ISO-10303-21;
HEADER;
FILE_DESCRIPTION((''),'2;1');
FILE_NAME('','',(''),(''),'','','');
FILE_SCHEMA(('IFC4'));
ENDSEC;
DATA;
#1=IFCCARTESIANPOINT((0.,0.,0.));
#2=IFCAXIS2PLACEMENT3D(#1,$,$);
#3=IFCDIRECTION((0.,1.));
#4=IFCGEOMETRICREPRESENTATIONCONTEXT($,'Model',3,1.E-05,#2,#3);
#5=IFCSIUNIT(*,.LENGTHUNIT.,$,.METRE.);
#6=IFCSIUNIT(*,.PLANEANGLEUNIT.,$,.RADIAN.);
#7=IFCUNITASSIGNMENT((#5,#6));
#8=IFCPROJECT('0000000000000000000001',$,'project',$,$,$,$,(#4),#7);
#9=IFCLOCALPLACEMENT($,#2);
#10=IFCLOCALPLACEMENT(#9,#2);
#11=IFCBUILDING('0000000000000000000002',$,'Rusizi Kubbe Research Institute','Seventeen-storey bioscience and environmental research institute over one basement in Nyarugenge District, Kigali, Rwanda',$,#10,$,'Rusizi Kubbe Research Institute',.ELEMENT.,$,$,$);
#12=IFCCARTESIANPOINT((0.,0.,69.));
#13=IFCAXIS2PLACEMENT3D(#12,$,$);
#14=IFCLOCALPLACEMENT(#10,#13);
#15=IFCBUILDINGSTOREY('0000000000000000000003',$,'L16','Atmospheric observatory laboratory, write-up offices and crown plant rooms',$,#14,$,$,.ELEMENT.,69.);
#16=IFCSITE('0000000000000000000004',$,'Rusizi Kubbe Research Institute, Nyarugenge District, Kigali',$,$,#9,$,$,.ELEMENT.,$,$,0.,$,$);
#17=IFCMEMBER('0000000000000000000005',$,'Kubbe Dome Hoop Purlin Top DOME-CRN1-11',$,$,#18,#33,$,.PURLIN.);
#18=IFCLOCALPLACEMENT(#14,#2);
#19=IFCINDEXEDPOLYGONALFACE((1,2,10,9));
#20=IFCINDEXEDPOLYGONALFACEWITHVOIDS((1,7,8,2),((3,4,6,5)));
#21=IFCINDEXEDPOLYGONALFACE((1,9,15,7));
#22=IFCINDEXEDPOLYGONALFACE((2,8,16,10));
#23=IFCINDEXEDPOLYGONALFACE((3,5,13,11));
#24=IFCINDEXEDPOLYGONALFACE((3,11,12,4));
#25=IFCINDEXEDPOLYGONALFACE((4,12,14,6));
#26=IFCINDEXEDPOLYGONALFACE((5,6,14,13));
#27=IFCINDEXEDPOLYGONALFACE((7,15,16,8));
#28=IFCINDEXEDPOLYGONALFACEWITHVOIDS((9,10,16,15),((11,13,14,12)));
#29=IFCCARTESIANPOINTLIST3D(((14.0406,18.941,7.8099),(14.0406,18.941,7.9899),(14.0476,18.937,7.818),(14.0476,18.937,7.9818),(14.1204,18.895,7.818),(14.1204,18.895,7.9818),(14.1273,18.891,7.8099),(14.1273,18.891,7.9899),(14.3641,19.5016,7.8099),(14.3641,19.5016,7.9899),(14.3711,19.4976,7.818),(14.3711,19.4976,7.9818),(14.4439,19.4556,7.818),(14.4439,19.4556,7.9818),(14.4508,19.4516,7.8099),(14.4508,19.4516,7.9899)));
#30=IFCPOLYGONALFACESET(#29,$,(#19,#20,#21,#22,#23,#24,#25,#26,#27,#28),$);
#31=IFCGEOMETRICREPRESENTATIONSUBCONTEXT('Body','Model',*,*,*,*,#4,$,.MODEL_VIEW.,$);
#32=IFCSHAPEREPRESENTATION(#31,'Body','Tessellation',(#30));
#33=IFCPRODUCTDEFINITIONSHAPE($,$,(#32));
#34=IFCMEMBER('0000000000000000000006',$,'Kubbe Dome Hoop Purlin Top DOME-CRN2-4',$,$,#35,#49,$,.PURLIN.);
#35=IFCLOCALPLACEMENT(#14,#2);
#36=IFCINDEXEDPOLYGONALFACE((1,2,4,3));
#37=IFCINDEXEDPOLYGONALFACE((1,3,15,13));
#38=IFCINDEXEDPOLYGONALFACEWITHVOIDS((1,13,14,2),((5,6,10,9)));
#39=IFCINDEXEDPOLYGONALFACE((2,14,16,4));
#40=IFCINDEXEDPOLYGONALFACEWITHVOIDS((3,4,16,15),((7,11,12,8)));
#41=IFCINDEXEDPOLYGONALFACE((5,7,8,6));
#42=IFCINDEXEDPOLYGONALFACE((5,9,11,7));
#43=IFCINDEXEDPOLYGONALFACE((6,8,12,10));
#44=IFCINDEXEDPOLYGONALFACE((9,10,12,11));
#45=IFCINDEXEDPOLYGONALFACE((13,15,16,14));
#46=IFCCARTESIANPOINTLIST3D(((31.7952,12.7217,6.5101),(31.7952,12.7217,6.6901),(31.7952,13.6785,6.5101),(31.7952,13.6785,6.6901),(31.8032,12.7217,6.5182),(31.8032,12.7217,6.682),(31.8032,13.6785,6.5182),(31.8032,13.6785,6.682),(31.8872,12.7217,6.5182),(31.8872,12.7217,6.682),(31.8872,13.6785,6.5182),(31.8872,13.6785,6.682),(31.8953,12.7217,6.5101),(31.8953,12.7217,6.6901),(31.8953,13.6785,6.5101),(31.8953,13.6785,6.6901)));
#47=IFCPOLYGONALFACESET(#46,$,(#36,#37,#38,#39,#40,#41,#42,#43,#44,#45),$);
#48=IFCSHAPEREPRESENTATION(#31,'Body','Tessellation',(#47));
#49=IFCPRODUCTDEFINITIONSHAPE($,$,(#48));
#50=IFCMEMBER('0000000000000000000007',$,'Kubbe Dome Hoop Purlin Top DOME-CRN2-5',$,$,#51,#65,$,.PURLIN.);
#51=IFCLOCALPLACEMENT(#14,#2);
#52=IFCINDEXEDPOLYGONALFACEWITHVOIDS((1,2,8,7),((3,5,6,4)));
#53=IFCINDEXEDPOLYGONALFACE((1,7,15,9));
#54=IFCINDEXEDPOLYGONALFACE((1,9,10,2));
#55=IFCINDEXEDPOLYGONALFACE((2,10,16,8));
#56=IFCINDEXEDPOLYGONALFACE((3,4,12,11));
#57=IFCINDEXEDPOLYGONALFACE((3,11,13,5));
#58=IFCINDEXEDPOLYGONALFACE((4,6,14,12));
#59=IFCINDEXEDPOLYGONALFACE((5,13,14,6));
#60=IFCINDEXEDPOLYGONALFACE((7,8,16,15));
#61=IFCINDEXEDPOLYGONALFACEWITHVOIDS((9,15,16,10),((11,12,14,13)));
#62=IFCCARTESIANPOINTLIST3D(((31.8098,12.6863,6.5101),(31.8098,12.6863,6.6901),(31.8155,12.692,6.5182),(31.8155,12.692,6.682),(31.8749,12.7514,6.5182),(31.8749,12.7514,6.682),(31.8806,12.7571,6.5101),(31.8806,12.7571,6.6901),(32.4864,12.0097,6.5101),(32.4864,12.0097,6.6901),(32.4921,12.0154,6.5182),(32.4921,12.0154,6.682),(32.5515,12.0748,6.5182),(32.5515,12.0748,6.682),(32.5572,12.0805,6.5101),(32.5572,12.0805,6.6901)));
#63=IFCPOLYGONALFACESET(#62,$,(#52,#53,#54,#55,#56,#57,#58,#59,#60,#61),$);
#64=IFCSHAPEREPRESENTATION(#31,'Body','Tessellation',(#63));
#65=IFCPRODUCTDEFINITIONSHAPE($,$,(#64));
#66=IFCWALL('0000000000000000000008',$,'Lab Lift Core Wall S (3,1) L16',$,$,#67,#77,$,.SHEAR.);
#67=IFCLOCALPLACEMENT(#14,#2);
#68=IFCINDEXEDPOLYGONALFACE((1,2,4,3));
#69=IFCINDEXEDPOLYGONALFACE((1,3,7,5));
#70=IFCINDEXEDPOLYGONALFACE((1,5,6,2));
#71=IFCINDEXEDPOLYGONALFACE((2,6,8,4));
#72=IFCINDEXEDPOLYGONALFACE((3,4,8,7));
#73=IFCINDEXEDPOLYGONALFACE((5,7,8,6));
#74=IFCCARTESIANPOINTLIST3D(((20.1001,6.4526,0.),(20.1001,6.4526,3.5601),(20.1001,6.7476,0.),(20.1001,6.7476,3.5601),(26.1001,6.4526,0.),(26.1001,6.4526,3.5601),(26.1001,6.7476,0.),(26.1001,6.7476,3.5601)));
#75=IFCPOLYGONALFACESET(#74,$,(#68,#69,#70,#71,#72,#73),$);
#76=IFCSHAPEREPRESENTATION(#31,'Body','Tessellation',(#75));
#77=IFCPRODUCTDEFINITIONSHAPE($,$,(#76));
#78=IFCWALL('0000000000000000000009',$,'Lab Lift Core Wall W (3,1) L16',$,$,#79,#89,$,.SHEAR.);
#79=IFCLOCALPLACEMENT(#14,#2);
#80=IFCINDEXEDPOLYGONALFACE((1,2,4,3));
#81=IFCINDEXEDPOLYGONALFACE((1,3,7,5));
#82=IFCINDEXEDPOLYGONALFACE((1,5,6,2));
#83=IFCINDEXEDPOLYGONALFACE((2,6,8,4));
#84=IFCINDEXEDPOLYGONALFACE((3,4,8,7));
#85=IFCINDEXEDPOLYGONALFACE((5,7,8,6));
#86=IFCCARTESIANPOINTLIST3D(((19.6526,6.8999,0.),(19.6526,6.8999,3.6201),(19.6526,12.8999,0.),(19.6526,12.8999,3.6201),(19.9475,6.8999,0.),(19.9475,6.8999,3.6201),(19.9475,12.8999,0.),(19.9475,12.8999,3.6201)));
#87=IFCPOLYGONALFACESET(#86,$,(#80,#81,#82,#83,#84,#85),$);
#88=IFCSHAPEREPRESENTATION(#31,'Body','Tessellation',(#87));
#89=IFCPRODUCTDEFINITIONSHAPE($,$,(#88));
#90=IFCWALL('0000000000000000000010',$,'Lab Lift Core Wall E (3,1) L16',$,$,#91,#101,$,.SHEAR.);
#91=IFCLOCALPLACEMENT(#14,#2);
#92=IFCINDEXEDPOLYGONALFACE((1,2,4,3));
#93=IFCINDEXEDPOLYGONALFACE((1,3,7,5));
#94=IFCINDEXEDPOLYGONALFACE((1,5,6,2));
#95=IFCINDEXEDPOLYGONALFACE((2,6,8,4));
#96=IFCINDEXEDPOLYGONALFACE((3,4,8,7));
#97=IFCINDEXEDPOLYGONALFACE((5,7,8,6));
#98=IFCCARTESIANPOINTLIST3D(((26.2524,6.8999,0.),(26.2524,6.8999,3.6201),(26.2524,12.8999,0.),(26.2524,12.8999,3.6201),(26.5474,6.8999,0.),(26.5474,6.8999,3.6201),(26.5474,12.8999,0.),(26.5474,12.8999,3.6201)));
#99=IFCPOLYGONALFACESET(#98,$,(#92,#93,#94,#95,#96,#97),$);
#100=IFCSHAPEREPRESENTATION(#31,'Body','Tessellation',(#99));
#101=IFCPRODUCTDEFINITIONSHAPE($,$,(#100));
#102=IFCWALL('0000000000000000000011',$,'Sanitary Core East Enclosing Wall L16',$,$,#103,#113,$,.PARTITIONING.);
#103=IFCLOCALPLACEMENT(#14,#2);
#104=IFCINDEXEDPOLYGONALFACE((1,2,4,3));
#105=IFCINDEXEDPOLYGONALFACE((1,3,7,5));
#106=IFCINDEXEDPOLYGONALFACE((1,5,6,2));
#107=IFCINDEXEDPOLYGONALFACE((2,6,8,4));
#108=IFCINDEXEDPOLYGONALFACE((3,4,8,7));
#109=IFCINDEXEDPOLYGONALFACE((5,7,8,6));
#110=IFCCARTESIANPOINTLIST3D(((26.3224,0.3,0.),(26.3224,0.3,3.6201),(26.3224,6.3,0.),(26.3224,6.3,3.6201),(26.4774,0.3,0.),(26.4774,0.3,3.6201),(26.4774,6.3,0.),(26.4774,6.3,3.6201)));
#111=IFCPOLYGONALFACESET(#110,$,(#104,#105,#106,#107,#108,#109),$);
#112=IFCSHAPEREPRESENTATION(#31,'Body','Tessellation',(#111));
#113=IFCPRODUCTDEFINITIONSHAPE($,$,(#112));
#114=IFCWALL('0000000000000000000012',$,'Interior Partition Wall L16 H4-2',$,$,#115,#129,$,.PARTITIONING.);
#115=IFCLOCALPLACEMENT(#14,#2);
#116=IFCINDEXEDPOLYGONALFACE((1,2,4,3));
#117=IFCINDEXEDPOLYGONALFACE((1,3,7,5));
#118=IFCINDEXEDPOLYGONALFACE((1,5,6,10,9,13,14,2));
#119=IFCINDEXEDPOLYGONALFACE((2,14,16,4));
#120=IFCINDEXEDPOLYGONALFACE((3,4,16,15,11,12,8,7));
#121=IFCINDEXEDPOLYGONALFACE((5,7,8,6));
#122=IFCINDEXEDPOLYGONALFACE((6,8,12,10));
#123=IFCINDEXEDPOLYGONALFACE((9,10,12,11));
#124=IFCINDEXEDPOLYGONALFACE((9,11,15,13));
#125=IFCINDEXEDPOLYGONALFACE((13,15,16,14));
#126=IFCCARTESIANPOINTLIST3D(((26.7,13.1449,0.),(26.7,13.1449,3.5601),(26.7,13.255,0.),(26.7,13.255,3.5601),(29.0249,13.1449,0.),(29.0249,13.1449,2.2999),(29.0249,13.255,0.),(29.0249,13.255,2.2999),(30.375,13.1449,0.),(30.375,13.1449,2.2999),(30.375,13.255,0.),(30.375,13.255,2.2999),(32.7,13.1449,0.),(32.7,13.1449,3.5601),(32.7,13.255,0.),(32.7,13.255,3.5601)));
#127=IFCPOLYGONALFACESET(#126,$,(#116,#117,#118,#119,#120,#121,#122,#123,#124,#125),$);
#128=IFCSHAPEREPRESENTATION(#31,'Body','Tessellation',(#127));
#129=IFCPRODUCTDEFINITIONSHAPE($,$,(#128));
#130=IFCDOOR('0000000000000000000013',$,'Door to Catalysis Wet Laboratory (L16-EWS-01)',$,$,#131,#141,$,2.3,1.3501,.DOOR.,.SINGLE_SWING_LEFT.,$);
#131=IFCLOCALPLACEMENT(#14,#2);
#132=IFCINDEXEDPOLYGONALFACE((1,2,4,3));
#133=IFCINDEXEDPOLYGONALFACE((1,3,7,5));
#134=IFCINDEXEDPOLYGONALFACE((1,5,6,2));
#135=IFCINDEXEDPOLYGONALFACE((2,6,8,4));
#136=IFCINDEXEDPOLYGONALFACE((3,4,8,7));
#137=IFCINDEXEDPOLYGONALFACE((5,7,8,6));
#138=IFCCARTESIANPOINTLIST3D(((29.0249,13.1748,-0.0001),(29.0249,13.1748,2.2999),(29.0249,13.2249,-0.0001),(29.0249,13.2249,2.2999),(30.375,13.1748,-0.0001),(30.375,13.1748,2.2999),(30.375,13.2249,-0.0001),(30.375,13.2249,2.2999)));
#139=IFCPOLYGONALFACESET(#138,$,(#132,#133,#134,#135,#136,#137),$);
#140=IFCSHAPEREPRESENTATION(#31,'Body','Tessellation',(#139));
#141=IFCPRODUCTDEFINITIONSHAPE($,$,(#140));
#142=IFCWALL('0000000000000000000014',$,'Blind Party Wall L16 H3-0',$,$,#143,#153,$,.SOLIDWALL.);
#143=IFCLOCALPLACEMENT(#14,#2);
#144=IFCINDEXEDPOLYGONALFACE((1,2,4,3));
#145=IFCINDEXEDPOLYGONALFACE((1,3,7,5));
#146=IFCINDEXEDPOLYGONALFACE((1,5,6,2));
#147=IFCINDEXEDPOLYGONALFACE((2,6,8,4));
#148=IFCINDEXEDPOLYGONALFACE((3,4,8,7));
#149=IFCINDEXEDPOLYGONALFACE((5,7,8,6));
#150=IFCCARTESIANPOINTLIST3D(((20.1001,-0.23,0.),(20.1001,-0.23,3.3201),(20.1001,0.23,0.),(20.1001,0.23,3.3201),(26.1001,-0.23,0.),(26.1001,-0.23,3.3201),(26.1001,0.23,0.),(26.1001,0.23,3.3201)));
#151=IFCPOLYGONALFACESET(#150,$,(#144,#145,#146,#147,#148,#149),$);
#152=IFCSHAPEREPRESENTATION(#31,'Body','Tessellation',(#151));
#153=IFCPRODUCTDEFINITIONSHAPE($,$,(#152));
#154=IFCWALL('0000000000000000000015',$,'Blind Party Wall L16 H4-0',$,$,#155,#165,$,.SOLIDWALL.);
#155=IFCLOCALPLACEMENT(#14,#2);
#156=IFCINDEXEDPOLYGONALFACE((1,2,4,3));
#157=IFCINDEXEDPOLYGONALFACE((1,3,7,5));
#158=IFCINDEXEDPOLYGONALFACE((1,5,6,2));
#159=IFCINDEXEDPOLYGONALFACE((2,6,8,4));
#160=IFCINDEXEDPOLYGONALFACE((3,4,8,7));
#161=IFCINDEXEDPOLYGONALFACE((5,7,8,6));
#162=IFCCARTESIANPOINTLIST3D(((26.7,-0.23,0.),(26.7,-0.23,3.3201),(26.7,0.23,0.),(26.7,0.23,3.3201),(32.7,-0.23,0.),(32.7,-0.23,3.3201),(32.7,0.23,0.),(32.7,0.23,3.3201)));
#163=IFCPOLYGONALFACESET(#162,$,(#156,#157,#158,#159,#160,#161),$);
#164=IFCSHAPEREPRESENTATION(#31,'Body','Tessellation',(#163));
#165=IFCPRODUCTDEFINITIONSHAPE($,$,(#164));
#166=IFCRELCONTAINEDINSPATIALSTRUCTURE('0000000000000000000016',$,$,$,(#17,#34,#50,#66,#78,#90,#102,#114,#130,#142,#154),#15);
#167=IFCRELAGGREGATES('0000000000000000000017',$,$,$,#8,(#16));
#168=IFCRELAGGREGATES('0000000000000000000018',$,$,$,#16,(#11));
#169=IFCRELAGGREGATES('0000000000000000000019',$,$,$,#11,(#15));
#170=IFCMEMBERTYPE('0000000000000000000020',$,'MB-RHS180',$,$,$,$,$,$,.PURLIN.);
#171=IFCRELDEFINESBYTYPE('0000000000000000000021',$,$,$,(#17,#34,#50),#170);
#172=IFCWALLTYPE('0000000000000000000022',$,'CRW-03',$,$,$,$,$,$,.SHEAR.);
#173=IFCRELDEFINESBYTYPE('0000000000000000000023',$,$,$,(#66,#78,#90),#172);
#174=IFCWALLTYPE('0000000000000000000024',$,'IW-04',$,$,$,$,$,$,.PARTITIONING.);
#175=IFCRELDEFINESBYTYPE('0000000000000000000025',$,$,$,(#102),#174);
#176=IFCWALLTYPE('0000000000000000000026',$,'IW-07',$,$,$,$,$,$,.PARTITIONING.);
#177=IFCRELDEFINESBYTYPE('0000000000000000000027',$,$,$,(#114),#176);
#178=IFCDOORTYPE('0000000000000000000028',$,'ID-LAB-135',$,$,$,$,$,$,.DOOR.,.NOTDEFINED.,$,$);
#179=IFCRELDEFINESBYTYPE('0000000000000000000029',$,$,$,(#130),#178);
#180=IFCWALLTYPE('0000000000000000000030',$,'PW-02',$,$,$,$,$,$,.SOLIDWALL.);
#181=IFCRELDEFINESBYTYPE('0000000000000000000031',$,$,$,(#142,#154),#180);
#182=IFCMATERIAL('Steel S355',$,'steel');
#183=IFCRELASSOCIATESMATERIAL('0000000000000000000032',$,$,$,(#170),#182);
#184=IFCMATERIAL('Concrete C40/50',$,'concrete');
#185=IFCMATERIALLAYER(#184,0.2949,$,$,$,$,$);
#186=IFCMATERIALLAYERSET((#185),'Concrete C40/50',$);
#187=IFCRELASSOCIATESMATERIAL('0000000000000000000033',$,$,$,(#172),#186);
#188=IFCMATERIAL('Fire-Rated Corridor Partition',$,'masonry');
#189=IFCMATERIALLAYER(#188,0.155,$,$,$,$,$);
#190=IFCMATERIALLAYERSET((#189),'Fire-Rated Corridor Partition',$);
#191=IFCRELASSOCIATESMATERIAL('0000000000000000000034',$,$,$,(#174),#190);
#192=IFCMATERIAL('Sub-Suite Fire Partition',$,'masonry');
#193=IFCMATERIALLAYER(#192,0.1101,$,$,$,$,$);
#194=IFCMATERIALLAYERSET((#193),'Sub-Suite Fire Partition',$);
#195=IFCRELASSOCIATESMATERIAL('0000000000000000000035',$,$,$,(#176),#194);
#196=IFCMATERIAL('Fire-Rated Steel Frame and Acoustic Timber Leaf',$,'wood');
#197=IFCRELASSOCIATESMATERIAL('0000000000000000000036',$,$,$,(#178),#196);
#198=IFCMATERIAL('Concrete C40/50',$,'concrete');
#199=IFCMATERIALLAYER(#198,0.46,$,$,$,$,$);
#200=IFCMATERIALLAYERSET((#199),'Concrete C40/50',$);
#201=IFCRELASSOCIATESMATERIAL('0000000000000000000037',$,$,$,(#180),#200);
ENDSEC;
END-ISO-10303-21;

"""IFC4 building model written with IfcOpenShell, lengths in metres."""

from ifc_helpers import new_model, si_unit, direction, frame, frame_2d, origin, origin_2d, place, context, subcontext, project, spatial, rectangle, hollow_rectangle, extrude, material, layer, layer_set, material_profile, profile_set, type_object, element, fill, save


model = new_model("IFC4")

# Units and contexts
model_context = context("Model", 3, precision=1e-05, world=origin(), true_north=direction((0.0, 1.0)))
body_context = subcontext(model_context, "Body", "Model", "MODEL_VIEW")
ifc_project = project(units=[si_unit("LENGTHUNIT", "METRE"), si_unit("PLANEANGLEUNIT", "RADIAN")], contexts=[model_context])

# Site, building, storey
site_placement = place(None, origin())
site = spatial("IfcSite", under=ifc_project, at=site_placement, Name="Rusizi Kubbe Research Institute, Nyarugenge District, Kigali", CompositionType="ELEMENT", RefElevation=0.0)
building_placement = place(site_placement, origin())
building = spatial("IfcBuilding", under=site, at=building_placement, Name="Rusizi Kubbe Research Institute", Description="Seventeen-storey bioscience and environmental research institute over one basement in Nyarugenge District, Kigali, Rwanda", LongName="Rusizi Kubbe Research Institute", CompositionType="ELEMENT")
storey_placement = place(building_placement, frame((0.0, 0.0, 69.0)))
storey = spatial("IfcBuildingStorey", under=building, at=storey_placement, Name="L16", Description="Atmospheric observatory laboratory, write-up offices and crown plant rooms", CompositionType="ELEMENT", Elevation=69.0)

# Members
ifc_material_1 = material(Name="Steel S355", Category="steel")
ifc_material_profile_1 = material_profile(ifc_material_1, hollow_rectangle(XDim=0.1001, YDim=0.1799, WallThickness=0.0081, at=origin_2d()), Name="RHS 180x100x8.0")
ifc_profile_set_1 = profile_set([ifc_material_profile_1], Name="Steel S355")
member_type = type_object("IfcMemberType", Name="MB-RHS180", PredefinedType="PURLIN", material=ifc_profile_set_1)
member_placement = place(storey_placement, frame((14.084, 18.916, 7.8999), z_axis=(0.499831, 0.866123, 0.0), x_axis=(-0.866123, 0.499831, 0.0)))
element("IfcMember", 1, at=member_placement, inside=storey, type_object=member_type, Name="Kubbe Dome Hoop Purlin Top DOME-CRN1-11", PredefinedType="PURLIN", context=body_context, shape_type="SweptSolid", body=[
    extrude(hollow_rectangle(XDim=0.1001, YDim=0.1799, WallThickness=0.0081, at=origin_2d()), origin(), (0.0, 0.0, 1.0), 0.6472),
])
for number, where, z_axis, x_axis, name in (
    (2, (31.8452, 13.6785, 6.6001), (0.0, -1.0, 0.0), (1.0, 0.0, 0.0), "Kubbe Dome Hoop Purlin Top DOME-CRN2-4"),
    (3, (31.8452, 12.7217, 6.6001), (0.707107, -0.707107, 0.0), (0.707107, 0.707107, 0.0), "Kubbe Dome Hoop Purlin Top DOME-CRN2-5"),
):
    element("IfcMember", number, at=place(storey_placement, frame(where, z_axis=z_axis, x_axis=x_axis)), inside=storey, type_object=member_type, Name=name, PredefinedType="PURLIN", context=body_context, shape_type="SweptSolid", body=[
        extrude(hollow_rectangle(XDim=0.1001, YDim=0.1799, WallThickness=0.0081, at=origin_2d()), origin(), (0.0, 0.0, 1.0), 0.9568),
    ])

# Walls
ifc_material_2 = material(Name="Concrete C40/50", Category="concrete")
ifc_layer_1 = layer(ifc_material_2, 0.2949)
ifc_layer_set_1 = layer_set([ifc_layer_1], Name="Concrete C40/50")
wall_type_1 = type_object("IfcWallType", Name="CRW-03", PredefinedType="SHEAR", material=ifc_layer_set_1)
wall_1_placement = place(storey_placement, frame((20.1001, 6.6001, 0.0), z_axis=(0.0, 0.0, 1.0), x_axis=(1.0, 0.0, 0.0)))
element("IfcWall", 4, at=wall_1_placement, inside=storey, type_object=wall_type_1, Name="Lab Lift Core Wall S (3,1) L16", PredefinedType="SHEAR", context=body_context, shape_type="SweptSolid", body=[
    extrude(rectangle(XDim=6.0, YDim=0.2949, at=frame_2d((3.0, 0.0))), origin(), (0.0, 0.0, 1.0), 3.5601),
])
for number, where, z_axis, x_axis, name in (
    (5, (19.8, 6.8999, 0.0), (0.0, 0.0, 1.0), (0.0, 1.0, 0.0), "Lab Lift Core Wall W (3,1) L16"),
    (6, (26.3999, 6.8999, 0.0), (0.0, 0.0, 1.0), (0.0, 1.0, 0.0), "Lab Lift Core Wall E (3,1) L16"),
):
    element("IfcWall", number, at=place(storey_placement, frame(where, z_axis=z_axis, x_axis=x_axis)), inside=storey, type_object=wall_type_1, Name=name, PredefinedType="SHEAR", context=body_context, shape_type="SweptSolid", body=[
        extrude(rectangle(XDim=6.0, YDim=0.2949, at=frame_2d((3.0, 0.0))), origin(), (0.0, 0.0, 1.0), 3.6201),
    ])

# Wall
ifc_material_3 = material(Name="Fire-Rated Corridor Partition", Category="masonry")
ifc_layer_2 = layer(ifc_material_3, 0.155)
ifc_layer_set_2 = layer_set([ifc_layer_2], Name="Fire-Rated Corridor Partition")
wall_type_2 = type_object("IfcWallType", Name="IW-04", PredefinedType="PARTITIONING", material=ifc_layer_set_2)
wall_2_placement = place(storey_placement, frame((26.3999, 0.3, 0.0), z_axis=(0.0, 0.0, 1.0), x_axis=(0.0, 1.0, 0.0)))
element("IfcWall", 7, at=wall_2_placement, inside=storey, type_object=wall_type_2, Name="Sanitary Core East Enclosing Wall L16", PredefinedType="PARTITIONING", context=body_context, shape_type="SweptSolid", body=[
    extrude(rectangle(XDim=6.0, YDim=0.155, at=frame_2d((3.0, 0.0))), origin(), (0.0, 0.0, 1.0), 3.6201),
])

# Wall, opening, door
ifc_material_4 = material(Name="Sub-Suite Fire Partition", Category="masonry")
ifc_layer_3 = layer(ifc_material_4, 0.1101)
ifc_layer_set_3 = layer_set([ifc_layer_3], Name="Sub-Suite Fire Partition")
wall_type_3 = type_object("IfcWallType", Name="IW-07", PredefinedType="PARTITIONING", material=ifc_layer_set_3)
wall_3_placement = place(storey_placement, frame((26.7, 13.2, 0.0), z_axis=(0.0, 0.0, 1.0), x_axis=(1.0, 0.0, 0.0)))
wall_3 = element("IfcWall", 8, at=wall_3_placement, inside=storey, type_object=wall_type_3, Name="Interior Partition Wall L16 H4-2", PredefinedType="PARTITIONING", context=body_context, shape_type="SweptSolid", body=[
    extrude(rectangle(XDim=6.0, YDim=0.1101, at=frame_2d((3.0, 0.0))), origin(), (0.0, 0.0, 1.0), 3.5601),
])
opening_1_placement = place(wall_3_placement, frame((2.325, 0.0, 0.0)))
opening_1 = element("IfcOpeningElement", 9, at=opening_1_placement, cuts=wall_3, PredefinedType="OPENING", context=body_context, shape_type="SweptSolid", body=[
    extrude(rectangle(XDim=1.3501, YDim=2.3, at=frame_2d((0.675, 1.1499))), frame((0.0, 0.0649, 0.0), z_axis=(0.0, -1.0, 0.0), x_axis=(1.0, 0.0, 0.0)), (0.0, 0.0, 1.0), 0.1301),
])
ifc_material_5 = material(Name="Fire-Rated Steel Frame and Acoustic Timber Leaf", Category="wood")
door_type_1 = type_object("IfcDoorType", Name="ID-LAB-135", OperationType="NOTDEFINED", PredefinedType="DOOR", material=ifc_material_5)
door_1_placement = place(opening_1_placement, origin())
door_1 = element("IfcDoor", 10, at=door_1_placement, inside=storey, type_object=door_type_1, Name="Door to Catalysis Wet Laboratory (L16-EWS-01)", OperationType="SINGLE_SWING_LEFT", OverallHeight=2.3, OverallWidth=1.3501, PredefinedType="DOOR", context=body_context, shape_type="SweptSolid", body=[
    extrude(rectangle(XDim=1.3501, YDim=2.3, at=frame_2d((0.675, 1.1499))), frame((0.0, 0.0249, 0.0), z_axis=(0.0, -1.0, 0.0), x_axis=(1.0, 0.0, 0.0)), (0.0, 0.0, 1.0), 0.05),
])
fill(opening_1, door_1)

# Walls
ifc_material_6 = material(Name="Concrete C40/50", Category="concrete")
ifc_layer_4 = layer(ifc_material_6, 0.46)
ifc_layer_set_4 = layer_set([ifc_layer_4], Name="Concrete C40/50")
wall_type_4 = type_object("IfcWallType", Name="PW-02", PredefinedType="SOLIDWALL", material=ifc_layer_set_4)
for number, where, z_axis, x_axis, name in (
    (11, (20.1001, 0.0, 0.0), (0.0, 0.0, 1.0), (1.0, 0.0, 0.0), "Blind Party Wall L16 H3-0"),
    (12, (26.7, 0.0, 0.0), (0.0, 0.0, 1.0), (1.0, 0.0, 0.0), "Blind Party Wall L16 H4-0"),
):
    element("IfcWall", number, at=place(storey_placement, frame(where, z_axis=z_axis, x_axis=x_axis)), inside=storey, type_object=wall_type_4, Name=name, PredefinedType="SOLIDWALL", context=body_context, shape_type="SweptSolid", body=[
        extrude(rectangle(XDim=6.0, YDim=0.46, at=frame_2d((3.0, 0.0))), origin(), (0.0, 0.0, 1.0), 3.3201),
    ])

save(model, "model.ifc")
